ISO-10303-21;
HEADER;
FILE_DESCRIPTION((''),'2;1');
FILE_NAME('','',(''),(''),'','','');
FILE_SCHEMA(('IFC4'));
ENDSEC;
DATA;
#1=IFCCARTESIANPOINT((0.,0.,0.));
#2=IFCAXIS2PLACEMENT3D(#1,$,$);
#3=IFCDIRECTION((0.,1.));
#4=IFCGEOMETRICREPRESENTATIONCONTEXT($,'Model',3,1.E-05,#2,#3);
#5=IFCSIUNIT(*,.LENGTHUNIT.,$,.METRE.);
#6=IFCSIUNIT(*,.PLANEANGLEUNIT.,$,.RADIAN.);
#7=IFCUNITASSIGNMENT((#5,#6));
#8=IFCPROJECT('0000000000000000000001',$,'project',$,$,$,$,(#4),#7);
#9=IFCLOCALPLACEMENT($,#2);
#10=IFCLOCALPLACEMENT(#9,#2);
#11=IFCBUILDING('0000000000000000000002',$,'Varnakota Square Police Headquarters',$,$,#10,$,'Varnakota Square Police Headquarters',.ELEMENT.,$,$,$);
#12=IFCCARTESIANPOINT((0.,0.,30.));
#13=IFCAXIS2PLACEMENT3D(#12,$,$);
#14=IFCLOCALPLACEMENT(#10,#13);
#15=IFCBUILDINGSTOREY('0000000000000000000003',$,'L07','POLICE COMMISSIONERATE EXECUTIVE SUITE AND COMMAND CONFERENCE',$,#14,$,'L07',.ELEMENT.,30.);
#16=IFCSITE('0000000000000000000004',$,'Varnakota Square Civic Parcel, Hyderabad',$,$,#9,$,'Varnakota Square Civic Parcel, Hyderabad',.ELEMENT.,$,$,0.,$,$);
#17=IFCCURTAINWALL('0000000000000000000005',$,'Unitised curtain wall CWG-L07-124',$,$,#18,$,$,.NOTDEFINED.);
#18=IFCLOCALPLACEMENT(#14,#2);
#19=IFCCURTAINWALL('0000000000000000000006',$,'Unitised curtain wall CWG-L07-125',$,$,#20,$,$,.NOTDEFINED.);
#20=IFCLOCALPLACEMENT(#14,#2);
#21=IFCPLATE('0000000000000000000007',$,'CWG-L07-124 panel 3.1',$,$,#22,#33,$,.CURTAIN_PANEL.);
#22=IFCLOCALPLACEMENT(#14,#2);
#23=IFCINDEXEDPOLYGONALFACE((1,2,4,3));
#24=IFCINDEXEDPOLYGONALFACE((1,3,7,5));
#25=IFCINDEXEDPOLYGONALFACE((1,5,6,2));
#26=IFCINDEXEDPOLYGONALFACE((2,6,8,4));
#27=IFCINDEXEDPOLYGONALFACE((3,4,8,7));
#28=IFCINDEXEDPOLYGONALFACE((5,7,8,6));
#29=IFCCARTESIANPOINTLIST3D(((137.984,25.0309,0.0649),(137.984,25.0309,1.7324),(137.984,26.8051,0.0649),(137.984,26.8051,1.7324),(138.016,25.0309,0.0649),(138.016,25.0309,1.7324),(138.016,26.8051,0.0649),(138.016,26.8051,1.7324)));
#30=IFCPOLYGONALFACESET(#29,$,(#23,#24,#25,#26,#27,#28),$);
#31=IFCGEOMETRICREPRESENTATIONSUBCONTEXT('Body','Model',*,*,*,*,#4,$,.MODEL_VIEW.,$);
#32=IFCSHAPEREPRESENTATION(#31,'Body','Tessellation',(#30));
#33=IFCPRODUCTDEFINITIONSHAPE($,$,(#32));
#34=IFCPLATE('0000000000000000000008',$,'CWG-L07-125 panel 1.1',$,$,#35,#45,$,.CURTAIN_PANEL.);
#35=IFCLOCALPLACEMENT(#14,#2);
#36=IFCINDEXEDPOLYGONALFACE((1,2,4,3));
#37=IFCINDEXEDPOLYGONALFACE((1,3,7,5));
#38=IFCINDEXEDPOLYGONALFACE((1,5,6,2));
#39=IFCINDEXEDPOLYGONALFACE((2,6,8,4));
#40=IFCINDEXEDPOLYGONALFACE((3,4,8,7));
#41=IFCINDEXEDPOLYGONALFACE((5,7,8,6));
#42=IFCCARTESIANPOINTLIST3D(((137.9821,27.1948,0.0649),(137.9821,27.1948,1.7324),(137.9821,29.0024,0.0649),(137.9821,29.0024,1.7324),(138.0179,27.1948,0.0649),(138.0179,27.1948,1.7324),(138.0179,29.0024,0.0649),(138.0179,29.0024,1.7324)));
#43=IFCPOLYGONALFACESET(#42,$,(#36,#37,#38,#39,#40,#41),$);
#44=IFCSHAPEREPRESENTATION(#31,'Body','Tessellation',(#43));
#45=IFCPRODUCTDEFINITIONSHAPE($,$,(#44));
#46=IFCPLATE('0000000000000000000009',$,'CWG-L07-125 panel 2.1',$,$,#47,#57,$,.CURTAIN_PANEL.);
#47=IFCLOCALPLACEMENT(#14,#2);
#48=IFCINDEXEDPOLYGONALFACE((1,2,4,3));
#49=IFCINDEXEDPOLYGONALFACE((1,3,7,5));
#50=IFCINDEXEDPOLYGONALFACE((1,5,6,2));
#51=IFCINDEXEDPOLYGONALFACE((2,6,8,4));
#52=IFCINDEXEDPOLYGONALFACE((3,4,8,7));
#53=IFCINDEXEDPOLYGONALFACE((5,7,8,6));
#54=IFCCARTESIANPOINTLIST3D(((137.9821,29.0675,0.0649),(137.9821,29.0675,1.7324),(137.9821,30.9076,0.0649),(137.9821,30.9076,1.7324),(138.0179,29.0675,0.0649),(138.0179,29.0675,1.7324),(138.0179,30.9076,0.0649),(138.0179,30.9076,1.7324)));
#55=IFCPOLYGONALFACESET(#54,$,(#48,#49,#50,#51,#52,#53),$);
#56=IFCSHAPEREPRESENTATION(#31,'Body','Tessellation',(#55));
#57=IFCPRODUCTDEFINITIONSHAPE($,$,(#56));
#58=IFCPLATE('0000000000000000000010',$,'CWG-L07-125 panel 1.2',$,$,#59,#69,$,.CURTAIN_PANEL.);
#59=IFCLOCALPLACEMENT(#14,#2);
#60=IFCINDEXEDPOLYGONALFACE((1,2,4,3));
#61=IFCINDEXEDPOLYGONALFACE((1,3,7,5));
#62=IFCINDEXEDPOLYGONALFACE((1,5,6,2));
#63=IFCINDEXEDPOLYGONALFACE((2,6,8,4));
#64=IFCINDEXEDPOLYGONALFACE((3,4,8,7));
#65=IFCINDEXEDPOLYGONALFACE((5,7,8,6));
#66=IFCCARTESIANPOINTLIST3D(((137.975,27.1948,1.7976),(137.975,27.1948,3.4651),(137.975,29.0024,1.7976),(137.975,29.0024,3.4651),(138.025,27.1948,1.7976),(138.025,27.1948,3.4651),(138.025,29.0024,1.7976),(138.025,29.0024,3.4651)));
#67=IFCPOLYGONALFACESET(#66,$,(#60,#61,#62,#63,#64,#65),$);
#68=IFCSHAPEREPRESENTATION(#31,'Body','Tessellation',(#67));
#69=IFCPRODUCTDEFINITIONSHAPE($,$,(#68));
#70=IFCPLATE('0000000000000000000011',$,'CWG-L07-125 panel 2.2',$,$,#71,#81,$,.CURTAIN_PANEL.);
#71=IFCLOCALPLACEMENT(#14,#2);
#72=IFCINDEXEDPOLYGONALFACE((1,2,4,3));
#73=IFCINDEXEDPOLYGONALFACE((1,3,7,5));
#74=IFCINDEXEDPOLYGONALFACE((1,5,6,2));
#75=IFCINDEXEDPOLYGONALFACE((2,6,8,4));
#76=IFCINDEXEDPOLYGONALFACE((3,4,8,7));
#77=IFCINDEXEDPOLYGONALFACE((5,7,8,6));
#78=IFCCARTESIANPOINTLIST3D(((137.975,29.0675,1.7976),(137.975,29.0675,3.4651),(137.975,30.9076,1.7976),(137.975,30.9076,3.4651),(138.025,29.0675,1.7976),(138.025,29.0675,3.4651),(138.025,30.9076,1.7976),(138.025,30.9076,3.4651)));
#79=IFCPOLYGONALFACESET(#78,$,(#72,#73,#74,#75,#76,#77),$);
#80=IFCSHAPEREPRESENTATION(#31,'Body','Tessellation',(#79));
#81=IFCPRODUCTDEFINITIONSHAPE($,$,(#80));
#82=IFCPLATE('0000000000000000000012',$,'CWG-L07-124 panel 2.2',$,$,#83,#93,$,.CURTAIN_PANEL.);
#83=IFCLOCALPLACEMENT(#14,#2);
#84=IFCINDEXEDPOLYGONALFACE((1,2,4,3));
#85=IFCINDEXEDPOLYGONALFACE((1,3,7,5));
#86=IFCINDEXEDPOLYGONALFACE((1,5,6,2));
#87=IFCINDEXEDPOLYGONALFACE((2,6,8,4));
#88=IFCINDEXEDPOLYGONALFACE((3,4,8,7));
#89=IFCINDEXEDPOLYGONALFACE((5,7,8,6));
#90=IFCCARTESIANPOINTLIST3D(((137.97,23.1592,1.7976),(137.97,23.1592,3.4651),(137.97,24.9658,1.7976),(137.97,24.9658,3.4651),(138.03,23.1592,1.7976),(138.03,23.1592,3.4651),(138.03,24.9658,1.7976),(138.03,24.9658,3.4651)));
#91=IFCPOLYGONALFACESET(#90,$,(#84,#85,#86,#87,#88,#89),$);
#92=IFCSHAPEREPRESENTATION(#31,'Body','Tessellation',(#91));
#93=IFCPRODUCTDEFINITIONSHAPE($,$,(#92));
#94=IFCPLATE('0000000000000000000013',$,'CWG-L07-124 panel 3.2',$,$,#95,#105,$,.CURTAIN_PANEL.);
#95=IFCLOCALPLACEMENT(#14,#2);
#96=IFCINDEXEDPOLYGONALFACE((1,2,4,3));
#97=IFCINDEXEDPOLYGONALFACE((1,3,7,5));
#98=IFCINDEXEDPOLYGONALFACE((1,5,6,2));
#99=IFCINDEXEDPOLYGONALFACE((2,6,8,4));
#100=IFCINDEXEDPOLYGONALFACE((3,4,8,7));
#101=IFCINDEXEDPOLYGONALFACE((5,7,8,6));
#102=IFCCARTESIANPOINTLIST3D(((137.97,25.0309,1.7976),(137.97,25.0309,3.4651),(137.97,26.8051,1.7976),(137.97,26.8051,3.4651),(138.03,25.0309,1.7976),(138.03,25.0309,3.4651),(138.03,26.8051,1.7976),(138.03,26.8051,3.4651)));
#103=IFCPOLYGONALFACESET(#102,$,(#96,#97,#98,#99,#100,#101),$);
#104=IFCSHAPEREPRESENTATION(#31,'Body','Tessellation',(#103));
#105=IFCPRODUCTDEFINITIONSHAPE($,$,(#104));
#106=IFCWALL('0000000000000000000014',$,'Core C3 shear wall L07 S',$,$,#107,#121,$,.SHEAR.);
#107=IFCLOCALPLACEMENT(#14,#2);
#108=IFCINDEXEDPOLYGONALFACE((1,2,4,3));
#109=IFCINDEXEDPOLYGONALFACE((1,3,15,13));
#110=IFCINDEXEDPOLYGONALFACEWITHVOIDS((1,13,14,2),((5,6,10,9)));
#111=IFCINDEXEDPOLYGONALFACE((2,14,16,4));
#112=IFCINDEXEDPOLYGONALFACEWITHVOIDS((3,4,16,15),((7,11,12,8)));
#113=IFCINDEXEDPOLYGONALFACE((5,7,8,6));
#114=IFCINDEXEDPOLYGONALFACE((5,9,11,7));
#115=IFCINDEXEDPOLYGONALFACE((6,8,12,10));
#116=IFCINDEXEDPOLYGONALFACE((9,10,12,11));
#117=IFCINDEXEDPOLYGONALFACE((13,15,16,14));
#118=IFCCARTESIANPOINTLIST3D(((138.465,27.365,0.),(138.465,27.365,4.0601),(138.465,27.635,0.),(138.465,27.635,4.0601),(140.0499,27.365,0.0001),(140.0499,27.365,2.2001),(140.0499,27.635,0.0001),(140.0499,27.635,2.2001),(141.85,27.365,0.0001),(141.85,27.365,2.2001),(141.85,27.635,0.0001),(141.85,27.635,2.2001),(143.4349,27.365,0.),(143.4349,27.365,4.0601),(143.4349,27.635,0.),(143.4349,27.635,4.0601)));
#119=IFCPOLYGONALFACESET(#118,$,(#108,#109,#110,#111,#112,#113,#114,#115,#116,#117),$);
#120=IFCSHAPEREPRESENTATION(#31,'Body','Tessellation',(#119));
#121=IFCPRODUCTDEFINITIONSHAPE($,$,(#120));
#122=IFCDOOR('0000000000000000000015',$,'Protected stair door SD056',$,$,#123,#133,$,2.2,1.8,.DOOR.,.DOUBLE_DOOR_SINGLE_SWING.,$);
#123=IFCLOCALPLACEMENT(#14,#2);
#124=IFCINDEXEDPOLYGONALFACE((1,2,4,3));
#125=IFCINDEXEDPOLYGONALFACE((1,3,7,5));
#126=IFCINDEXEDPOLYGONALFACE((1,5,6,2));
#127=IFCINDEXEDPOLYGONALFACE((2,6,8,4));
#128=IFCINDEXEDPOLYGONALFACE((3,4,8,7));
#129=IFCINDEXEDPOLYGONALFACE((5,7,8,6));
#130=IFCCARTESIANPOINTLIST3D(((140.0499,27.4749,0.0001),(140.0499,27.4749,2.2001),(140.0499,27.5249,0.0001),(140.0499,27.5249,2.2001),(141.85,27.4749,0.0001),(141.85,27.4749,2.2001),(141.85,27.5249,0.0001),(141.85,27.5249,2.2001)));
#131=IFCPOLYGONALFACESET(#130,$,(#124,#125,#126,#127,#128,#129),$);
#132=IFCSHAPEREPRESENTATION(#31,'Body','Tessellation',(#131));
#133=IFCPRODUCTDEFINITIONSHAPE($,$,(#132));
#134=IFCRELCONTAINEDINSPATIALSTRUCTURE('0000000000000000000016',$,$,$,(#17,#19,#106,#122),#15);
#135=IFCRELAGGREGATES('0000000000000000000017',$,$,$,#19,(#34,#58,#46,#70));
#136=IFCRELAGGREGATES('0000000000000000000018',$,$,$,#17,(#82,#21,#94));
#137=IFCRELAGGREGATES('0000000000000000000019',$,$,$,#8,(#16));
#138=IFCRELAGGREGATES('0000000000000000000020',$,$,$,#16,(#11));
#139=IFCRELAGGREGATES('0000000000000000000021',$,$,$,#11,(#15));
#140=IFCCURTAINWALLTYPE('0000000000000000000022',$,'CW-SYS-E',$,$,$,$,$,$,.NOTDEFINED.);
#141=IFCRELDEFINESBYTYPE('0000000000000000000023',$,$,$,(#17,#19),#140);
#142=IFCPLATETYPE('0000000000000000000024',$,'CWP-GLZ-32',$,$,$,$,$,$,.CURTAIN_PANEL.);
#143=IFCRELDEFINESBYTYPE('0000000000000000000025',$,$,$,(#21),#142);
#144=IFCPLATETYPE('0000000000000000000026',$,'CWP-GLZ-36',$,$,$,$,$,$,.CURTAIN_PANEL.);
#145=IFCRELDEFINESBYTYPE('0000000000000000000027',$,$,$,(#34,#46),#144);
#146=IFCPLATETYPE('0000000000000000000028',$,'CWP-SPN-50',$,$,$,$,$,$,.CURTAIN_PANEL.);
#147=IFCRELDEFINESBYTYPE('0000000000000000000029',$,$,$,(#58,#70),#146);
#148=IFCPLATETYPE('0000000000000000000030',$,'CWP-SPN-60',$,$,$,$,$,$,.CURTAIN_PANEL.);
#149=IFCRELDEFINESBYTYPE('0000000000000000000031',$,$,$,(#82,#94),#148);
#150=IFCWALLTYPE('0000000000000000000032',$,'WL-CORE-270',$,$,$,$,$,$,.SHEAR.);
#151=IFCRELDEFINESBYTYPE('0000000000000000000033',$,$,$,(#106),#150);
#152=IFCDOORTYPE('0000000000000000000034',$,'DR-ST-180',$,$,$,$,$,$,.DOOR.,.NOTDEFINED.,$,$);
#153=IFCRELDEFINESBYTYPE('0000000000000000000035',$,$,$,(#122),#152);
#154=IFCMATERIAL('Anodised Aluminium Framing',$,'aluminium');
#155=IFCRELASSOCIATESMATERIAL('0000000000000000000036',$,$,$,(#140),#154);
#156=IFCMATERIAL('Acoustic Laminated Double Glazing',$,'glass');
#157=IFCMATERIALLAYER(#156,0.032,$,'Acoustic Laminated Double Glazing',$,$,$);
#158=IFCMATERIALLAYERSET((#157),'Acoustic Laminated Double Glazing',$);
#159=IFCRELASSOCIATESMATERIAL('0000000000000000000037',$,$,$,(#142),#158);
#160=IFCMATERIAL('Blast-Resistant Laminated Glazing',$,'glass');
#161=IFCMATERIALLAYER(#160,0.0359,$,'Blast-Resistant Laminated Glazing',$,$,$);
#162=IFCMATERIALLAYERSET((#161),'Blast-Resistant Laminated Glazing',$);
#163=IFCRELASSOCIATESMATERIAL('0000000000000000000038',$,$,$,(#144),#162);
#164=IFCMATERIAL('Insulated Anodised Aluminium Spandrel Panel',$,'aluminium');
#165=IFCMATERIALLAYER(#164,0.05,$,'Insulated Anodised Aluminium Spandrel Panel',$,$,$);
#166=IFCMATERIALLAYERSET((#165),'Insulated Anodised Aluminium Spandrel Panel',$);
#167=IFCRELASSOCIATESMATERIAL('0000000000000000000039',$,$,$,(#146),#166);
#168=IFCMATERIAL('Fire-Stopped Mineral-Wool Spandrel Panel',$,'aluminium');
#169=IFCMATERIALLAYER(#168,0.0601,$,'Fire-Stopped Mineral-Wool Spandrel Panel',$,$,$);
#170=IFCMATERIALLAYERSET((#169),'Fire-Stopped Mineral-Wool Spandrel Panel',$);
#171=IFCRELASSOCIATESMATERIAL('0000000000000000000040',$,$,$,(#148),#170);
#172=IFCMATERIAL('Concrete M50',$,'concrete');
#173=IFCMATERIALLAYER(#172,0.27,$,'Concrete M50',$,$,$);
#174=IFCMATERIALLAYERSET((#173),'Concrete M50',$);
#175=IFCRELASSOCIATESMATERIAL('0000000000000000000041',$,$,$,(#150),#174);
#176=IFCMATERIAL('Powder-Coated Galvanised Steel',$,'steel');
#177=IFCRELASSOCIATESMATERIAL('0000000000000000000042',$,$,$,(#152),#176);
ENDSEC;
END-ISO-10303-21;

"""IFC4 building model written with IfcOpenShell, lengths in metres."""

from ifc_helpers import new_model, si_unit, direction, frame, frame_2d, origin, origin_2d, place, context, subcontext, project, spatial, rectangle, extrude, material, layer, layer_set, type_object, element, fill, aggregate, save


model = new_model("IFC4")

# Units and contexts
model_context = context("Model", 3, precision=1e-05, world=origin(), true_north=direction((0.0, 1.0)))
body_context = subcontext(model_context, "Body", "Model", "MODEL_VIEW")
ifc_project = project(units=[si_unit("LENGTHUNIT", "METRE"), si_unit("PLANEANGLEUNIT", "RADIAN")], contexts=[model_context])

# Site, building, storey
site_placement = place(None, origin())
site = spatial("IfcSite", under=ifc_project, at=site_placement, Name="Varnakota Square Civic Parcel, Hyderabad", LongName="Varnakota Square Civic Parcel, Hyderabad", CompositionType="ELEMENT", RefElevation=0.0)
building_placement = place(site_placement, origin())
building = spatial("IfcBuilding", under=site, at=building_placement, Name="Varnakota Square Police Headquarters", LongName="Varnakota Square Police Headquarters", CompositionType="ELEMENT")
storey_placement = place(building_placement, frame((0.0, 0.0, 30.0)))
storey = spatial("IfcBuildingStorey", under=building, at=storey_placement, Name="L07", Description="POLICE COMMISSIONERATE EXECUTIVE SUITE AND COMMAND CONFERENCE", LongName="L07", CompositionType="ELEMENT", Elevation=30.0)

# Curtain walls
ifc_material_1 = material(Name="Anodised Aluminium Framing", Category="aluminium")
curtain_wall_type = type_object("IfcCurtainWallType", Name="CW-SYS-E", PredefinedType="NOTDEFINED", material=ifc_material_1)
curtain_wall_1_placement = place(storey_placement, origin())
curtain_wall_1 = element("IfcCurtainWall", 1, at=curtain_wall_1_placement, inside=storey, type_object=curtain_wall_type, Name="Unitised curtain wall CWG-L07-124", PredefinedType="NOTDEFINED")
curtain_wall_2_placement = place(storey_placement, origin())
curtain_wall_2 = element("IfcCurtainWall", 2, at=curtain_wall_2_placement, inside=storey, type_object=curtain_wall_type, Name="Unitised curtain wall CWG-L07-125", PredefinedType="NOTDEFINED")

# Plates
ifc_material_2 = material(Name="Acoustic Laminated Double Glazing", Category="glass")
ifc_layer_1 = layer(ifc_material_2, 0.032, Name="Acoustic Laminated Double Glazing")
ifc_layer_set_1 = layer_set([ifc_layer_1], Name="Acoustic Laminated Double Glazing")
plate_type_1 = type_object("IfcPlateType", Name="CWP-GLZ-32", PredefinedType="CURTAIN_PANEL", material=ifc_layer_set_1)
plate_1_placement = place(storey_placement, frame((138.0, 25.918, 0.0649), z_axis=(0.0, 0.0, 1.0), x_axis=(0.0, 1.0, 0.0)))
plate_1 = element("IfcPlate", 3, at=plate_1_placement, type_object=plate_type_1, Name="CWG-L07-124 panel 3.1", PredefinedType="CURTAIN_PANEL", context=body_context, shape_type="SweptSolid", body=[
    extrude(rectangle(XDim=1.7742, YDim=0.032, at=origin_2d()), origin(), (0.0, 0.0, 1.0), 1.6675),
])
ifc_material_3 = material(Name="Blast-Resistant Laminated Glazing", Category="glass")
ifc_layer_2 = layer(ifc_material_3, 0.0359, Name="Blast-Resistant Laminated Glazing")
ifc_layer_set_2 = layer_set([ifc_layer_2], Name="Blast-Resistant Laminated Glazing")
plate_type_2 = type_object("IfcPlateType", Name="CWP-GLZ-36", PredefinedType="CURTAIN_PANEL", material=ifc_layer_set_2)
plate_2_placement = place(storey_placement, frame((138.0, 28.0986, 0.0649), z_axis=(0.0, 0.0, 1.0), x_axis=(0.0, 1.0, 0.0)))
plate_2 = element("IfcPlate", 4, at=plate_2_placement, type_object=plate_type_2, Name="CWG-L07-125 panel 1.1", PredefinedType="CURTAIN_PANEL", context=body_context, shape_type="SweptSolid", body=[
    extrude(rectangle(XDim=1.8076, YDim=0.0359, at=origin_2d()), origin(), (0.0, 0.0, 1.0), 1.6675),
])
plate_3_placement = place(storey_placement, frame((138.0, 29.9875, 0.0649), z_axis=(0.0, 0.0, 1.0), x_axis=(0.0, 1.0, 0.0)))
plate_3 = element("IfcPlate", 5, at=plate_3_placement, type_object=plate_type_2, Name="CWG-L07-125 panel 2.1", PredefinedType="CURTAIN_PANEL", context=body_context, shape_type="SweptSolid", body=[
    extrude(rectangle(XDim=1.8401, YDim=0.0359, at=origin_2d()), origin(), (0.0, 0.0, 1.0), 1.6675),
])
ifc_material_4 = material(Name="Insulated Anodised Aluminium Spandrel Panel", Category="aluminium")
ifc_layer_3 = layer(ifc_material_4, 0.05, Name="Insulated Anodised Aluminium Spandrel Panel")
ifc_layer_set_3 = layer_set([ifc_layer_3], Name="Insulated Anodised Aluminium Spandrel Panel")
plate_type_3 = type_object("IfcPlateType", Name="CWP-SPN-50", PredefinedType="CURTAIN_PANEL", material=ifc_layer_set_3)
plate_4_placement = place(storey_placement, frame((138.0, 28.0986, 1.7976), z_axis=(0.0, 0.0, 1.0), x_axis=(0.0, 1.0, 0.0)))
plate_4 = element("IfcPlate", 6, at=plate_4_placement, type_object=plate_type_3, Name="CWG-L07-125 panel 1.2", PredefinedType="CURTAIN_PANEL", context=body_context, shape_type="SweptSolid", body=[
    extrude(rectangle(XDim=1.8076, YDim=0.05, at=origin_2d()), origin(), (0.0, 0.0, 1.0), 1.6675),
])
plate_5_placement = place(storey_placement, frame((138.0, 29.9875, 1.7976), z_axis=(0.0, 0.0, 1.0), x_axis=(0.0, 1.0, 0.0)))
plate_5 = element("IfcPlate", 7, at=plate_5_placement, type_object=plate_type_3, Name="CWG-L07-125 panel 2.2", PredefinedType="CURTAIN_PANEL", context=body_context, shape_type="SweptSolid", body=[
    extrude(rectangle(XDim=1.8401, YDim=0.05, at=origin_2d()), origin(), (0.0, 0.0, 1.0), 1.6675),
])
aggregate(curtain_wall_2, [plate_2, plate_4, plate_3, plate_5])
ifc_material_5 = material(Name="Fire-Stopped Mineral-Wool Spandrel Panel", Category="aluminium")
ifc_layer_4 = layer(ifc_material_5, 0.0601, Name="Fire-Stopped Mineral-Wool Spandrel Panel")
ifc_layer_set_4 = layer_set([ifc_layer_4], Name="Fire-Stopped Mineral-Wool Spandrel Panel")
plate_type_4 = type_object("IfcPlateType", Name="CWP-SPN-60", PredefinedType="CURTAIN_PANEL", material=ifc_layer_set_4)
plate_6_placement = place(storey_placement, frame((138.0, 24.0625, 1.7976), z_axis=(0.0, 0.0, 1.0), x_axis=(0.0, 1.0, 0.0)))
plate_6 = element("IfcPlate", 8, at=plate_6_placement, type_object=plate_type_4, Name="CWG-L07-124 panel 2.2", PredefinedType="CURTAIN_PANEL", context=body_context, shape_type="SweptSolid", body=[
    extrude(rectangle(XDim=1.8066, YDim=0.0601, at=origin_2d()), origin(), (0.0, 0.0, 1.0), 1.6675),
])
plate_7_placement = place(storey_placement, frame((138.0, 25.918, 1.7976), z_axis=(0.0, 0.0, 1.0), x_axis=(0.0, 1.0, 0.0)))
plate_7 = element("IfcPlate", 9, at=plate_7_placement, type_object=plate_type_4, Name="CWG-L07-124 panel 3.2", PredefinedType="CURTAIN_PANEL", context=body_context, shape_type="SweptSolid", body=[
    extrude(rectangle(XDim=1.7742, YDim=0.0601, at=origin_2d()), origin(), (0.0, 0.0, 1.0), 1.6675),
])
aggregate(curtain_wall_1, [plate_6, plate_1, plate_7])

# Wall, opening, door
ifc_material_6 = material(Name="Concrete M50", Category="concrete")
ifc_layer_5 = layer(ifc_material_6, 0.27, Name="Concrete M50")
ifc_layer_set_5 = layer_set([ifc_layer_5], Name="Concrete M50")
wall_type = type_object("IfcWallType", Name="WL-CORE-270", PredefinedType="SHEAR", material=ifc_layer_set_5)
wall_placement = place(storey_placement, frame((138.4651, 27.5, 0.0), z_axis=(0.0, 0.0, 1.0), x_axis=(1.0, 0.0, 0.0)))
wall = element("IfcWall", 10, at=wall_placement, inside=storey, type_object=wall_type, Name="Core C3 shear wall L07 S", PredefinedType="SHEAR", context=body_context, shape_type="SweptSolid", body=[
    extrude(rectangle(XDim=4.97, YDim=0.27, at=frame_2d((2.4849, 0.0))), origin(), (0.0, 0.0, 1.0), 4.0601),
])
opening_placement = place(wall_placement, frame((1.585, 0.0, 0.0)))
opening = element("IfcOpeningElement", 11, at=opening_placement, cuts=wall, PredefinedType="OPENING", context=body_context, shape_type="SweptSolid", body=[
    extrude(rectangle(XDim=1.8, YDim=2.2, at=frame_2d((0.8999, 1.1001))), frame((0.0, 0.145, 0.0), z_axis=(0.0, -1.0, 0.0), x_axis=(1.0, 0.0, 0.0)), (0.0, 0.0, 1.0), 0.29),
])
ifc_material_7 = material(Name="Powder-Coated Galvanised Steel", Category="steel")
door_type = type_object("IfcDoorType", Name="DR-ST-180", OperationType="NOTDEFINED", PredefinedType="DOOR", material=ifc_material_7)
door_placement = place(opening_placement, origin())
door = element("IfcDoor", 12, at=door_placement, inside=storey, type_object=door_type, Name="Protected stair door SD056", OperationType="DOUBLE_DOOR_SINGLE_SWING", OverallHeight=2.2, OverallWidth=1.8, PredefinedType="DOOR", context=body_context, shape_type="SweptSolid", body=[
    extrude(rectangle(XDim=1.8, YDim=2.2, at=frame_2d((0.8999, 1.1001))), frame((0.0, 0.0249, 0.0), z_axis=(0.0, -1.0, 0.0), x_axis=(1.0, 0.0, 0.0)), (0.0, 0.0, 1.0), 0.05),
])
fill(opening, door)

save(model, "model.ifc")
